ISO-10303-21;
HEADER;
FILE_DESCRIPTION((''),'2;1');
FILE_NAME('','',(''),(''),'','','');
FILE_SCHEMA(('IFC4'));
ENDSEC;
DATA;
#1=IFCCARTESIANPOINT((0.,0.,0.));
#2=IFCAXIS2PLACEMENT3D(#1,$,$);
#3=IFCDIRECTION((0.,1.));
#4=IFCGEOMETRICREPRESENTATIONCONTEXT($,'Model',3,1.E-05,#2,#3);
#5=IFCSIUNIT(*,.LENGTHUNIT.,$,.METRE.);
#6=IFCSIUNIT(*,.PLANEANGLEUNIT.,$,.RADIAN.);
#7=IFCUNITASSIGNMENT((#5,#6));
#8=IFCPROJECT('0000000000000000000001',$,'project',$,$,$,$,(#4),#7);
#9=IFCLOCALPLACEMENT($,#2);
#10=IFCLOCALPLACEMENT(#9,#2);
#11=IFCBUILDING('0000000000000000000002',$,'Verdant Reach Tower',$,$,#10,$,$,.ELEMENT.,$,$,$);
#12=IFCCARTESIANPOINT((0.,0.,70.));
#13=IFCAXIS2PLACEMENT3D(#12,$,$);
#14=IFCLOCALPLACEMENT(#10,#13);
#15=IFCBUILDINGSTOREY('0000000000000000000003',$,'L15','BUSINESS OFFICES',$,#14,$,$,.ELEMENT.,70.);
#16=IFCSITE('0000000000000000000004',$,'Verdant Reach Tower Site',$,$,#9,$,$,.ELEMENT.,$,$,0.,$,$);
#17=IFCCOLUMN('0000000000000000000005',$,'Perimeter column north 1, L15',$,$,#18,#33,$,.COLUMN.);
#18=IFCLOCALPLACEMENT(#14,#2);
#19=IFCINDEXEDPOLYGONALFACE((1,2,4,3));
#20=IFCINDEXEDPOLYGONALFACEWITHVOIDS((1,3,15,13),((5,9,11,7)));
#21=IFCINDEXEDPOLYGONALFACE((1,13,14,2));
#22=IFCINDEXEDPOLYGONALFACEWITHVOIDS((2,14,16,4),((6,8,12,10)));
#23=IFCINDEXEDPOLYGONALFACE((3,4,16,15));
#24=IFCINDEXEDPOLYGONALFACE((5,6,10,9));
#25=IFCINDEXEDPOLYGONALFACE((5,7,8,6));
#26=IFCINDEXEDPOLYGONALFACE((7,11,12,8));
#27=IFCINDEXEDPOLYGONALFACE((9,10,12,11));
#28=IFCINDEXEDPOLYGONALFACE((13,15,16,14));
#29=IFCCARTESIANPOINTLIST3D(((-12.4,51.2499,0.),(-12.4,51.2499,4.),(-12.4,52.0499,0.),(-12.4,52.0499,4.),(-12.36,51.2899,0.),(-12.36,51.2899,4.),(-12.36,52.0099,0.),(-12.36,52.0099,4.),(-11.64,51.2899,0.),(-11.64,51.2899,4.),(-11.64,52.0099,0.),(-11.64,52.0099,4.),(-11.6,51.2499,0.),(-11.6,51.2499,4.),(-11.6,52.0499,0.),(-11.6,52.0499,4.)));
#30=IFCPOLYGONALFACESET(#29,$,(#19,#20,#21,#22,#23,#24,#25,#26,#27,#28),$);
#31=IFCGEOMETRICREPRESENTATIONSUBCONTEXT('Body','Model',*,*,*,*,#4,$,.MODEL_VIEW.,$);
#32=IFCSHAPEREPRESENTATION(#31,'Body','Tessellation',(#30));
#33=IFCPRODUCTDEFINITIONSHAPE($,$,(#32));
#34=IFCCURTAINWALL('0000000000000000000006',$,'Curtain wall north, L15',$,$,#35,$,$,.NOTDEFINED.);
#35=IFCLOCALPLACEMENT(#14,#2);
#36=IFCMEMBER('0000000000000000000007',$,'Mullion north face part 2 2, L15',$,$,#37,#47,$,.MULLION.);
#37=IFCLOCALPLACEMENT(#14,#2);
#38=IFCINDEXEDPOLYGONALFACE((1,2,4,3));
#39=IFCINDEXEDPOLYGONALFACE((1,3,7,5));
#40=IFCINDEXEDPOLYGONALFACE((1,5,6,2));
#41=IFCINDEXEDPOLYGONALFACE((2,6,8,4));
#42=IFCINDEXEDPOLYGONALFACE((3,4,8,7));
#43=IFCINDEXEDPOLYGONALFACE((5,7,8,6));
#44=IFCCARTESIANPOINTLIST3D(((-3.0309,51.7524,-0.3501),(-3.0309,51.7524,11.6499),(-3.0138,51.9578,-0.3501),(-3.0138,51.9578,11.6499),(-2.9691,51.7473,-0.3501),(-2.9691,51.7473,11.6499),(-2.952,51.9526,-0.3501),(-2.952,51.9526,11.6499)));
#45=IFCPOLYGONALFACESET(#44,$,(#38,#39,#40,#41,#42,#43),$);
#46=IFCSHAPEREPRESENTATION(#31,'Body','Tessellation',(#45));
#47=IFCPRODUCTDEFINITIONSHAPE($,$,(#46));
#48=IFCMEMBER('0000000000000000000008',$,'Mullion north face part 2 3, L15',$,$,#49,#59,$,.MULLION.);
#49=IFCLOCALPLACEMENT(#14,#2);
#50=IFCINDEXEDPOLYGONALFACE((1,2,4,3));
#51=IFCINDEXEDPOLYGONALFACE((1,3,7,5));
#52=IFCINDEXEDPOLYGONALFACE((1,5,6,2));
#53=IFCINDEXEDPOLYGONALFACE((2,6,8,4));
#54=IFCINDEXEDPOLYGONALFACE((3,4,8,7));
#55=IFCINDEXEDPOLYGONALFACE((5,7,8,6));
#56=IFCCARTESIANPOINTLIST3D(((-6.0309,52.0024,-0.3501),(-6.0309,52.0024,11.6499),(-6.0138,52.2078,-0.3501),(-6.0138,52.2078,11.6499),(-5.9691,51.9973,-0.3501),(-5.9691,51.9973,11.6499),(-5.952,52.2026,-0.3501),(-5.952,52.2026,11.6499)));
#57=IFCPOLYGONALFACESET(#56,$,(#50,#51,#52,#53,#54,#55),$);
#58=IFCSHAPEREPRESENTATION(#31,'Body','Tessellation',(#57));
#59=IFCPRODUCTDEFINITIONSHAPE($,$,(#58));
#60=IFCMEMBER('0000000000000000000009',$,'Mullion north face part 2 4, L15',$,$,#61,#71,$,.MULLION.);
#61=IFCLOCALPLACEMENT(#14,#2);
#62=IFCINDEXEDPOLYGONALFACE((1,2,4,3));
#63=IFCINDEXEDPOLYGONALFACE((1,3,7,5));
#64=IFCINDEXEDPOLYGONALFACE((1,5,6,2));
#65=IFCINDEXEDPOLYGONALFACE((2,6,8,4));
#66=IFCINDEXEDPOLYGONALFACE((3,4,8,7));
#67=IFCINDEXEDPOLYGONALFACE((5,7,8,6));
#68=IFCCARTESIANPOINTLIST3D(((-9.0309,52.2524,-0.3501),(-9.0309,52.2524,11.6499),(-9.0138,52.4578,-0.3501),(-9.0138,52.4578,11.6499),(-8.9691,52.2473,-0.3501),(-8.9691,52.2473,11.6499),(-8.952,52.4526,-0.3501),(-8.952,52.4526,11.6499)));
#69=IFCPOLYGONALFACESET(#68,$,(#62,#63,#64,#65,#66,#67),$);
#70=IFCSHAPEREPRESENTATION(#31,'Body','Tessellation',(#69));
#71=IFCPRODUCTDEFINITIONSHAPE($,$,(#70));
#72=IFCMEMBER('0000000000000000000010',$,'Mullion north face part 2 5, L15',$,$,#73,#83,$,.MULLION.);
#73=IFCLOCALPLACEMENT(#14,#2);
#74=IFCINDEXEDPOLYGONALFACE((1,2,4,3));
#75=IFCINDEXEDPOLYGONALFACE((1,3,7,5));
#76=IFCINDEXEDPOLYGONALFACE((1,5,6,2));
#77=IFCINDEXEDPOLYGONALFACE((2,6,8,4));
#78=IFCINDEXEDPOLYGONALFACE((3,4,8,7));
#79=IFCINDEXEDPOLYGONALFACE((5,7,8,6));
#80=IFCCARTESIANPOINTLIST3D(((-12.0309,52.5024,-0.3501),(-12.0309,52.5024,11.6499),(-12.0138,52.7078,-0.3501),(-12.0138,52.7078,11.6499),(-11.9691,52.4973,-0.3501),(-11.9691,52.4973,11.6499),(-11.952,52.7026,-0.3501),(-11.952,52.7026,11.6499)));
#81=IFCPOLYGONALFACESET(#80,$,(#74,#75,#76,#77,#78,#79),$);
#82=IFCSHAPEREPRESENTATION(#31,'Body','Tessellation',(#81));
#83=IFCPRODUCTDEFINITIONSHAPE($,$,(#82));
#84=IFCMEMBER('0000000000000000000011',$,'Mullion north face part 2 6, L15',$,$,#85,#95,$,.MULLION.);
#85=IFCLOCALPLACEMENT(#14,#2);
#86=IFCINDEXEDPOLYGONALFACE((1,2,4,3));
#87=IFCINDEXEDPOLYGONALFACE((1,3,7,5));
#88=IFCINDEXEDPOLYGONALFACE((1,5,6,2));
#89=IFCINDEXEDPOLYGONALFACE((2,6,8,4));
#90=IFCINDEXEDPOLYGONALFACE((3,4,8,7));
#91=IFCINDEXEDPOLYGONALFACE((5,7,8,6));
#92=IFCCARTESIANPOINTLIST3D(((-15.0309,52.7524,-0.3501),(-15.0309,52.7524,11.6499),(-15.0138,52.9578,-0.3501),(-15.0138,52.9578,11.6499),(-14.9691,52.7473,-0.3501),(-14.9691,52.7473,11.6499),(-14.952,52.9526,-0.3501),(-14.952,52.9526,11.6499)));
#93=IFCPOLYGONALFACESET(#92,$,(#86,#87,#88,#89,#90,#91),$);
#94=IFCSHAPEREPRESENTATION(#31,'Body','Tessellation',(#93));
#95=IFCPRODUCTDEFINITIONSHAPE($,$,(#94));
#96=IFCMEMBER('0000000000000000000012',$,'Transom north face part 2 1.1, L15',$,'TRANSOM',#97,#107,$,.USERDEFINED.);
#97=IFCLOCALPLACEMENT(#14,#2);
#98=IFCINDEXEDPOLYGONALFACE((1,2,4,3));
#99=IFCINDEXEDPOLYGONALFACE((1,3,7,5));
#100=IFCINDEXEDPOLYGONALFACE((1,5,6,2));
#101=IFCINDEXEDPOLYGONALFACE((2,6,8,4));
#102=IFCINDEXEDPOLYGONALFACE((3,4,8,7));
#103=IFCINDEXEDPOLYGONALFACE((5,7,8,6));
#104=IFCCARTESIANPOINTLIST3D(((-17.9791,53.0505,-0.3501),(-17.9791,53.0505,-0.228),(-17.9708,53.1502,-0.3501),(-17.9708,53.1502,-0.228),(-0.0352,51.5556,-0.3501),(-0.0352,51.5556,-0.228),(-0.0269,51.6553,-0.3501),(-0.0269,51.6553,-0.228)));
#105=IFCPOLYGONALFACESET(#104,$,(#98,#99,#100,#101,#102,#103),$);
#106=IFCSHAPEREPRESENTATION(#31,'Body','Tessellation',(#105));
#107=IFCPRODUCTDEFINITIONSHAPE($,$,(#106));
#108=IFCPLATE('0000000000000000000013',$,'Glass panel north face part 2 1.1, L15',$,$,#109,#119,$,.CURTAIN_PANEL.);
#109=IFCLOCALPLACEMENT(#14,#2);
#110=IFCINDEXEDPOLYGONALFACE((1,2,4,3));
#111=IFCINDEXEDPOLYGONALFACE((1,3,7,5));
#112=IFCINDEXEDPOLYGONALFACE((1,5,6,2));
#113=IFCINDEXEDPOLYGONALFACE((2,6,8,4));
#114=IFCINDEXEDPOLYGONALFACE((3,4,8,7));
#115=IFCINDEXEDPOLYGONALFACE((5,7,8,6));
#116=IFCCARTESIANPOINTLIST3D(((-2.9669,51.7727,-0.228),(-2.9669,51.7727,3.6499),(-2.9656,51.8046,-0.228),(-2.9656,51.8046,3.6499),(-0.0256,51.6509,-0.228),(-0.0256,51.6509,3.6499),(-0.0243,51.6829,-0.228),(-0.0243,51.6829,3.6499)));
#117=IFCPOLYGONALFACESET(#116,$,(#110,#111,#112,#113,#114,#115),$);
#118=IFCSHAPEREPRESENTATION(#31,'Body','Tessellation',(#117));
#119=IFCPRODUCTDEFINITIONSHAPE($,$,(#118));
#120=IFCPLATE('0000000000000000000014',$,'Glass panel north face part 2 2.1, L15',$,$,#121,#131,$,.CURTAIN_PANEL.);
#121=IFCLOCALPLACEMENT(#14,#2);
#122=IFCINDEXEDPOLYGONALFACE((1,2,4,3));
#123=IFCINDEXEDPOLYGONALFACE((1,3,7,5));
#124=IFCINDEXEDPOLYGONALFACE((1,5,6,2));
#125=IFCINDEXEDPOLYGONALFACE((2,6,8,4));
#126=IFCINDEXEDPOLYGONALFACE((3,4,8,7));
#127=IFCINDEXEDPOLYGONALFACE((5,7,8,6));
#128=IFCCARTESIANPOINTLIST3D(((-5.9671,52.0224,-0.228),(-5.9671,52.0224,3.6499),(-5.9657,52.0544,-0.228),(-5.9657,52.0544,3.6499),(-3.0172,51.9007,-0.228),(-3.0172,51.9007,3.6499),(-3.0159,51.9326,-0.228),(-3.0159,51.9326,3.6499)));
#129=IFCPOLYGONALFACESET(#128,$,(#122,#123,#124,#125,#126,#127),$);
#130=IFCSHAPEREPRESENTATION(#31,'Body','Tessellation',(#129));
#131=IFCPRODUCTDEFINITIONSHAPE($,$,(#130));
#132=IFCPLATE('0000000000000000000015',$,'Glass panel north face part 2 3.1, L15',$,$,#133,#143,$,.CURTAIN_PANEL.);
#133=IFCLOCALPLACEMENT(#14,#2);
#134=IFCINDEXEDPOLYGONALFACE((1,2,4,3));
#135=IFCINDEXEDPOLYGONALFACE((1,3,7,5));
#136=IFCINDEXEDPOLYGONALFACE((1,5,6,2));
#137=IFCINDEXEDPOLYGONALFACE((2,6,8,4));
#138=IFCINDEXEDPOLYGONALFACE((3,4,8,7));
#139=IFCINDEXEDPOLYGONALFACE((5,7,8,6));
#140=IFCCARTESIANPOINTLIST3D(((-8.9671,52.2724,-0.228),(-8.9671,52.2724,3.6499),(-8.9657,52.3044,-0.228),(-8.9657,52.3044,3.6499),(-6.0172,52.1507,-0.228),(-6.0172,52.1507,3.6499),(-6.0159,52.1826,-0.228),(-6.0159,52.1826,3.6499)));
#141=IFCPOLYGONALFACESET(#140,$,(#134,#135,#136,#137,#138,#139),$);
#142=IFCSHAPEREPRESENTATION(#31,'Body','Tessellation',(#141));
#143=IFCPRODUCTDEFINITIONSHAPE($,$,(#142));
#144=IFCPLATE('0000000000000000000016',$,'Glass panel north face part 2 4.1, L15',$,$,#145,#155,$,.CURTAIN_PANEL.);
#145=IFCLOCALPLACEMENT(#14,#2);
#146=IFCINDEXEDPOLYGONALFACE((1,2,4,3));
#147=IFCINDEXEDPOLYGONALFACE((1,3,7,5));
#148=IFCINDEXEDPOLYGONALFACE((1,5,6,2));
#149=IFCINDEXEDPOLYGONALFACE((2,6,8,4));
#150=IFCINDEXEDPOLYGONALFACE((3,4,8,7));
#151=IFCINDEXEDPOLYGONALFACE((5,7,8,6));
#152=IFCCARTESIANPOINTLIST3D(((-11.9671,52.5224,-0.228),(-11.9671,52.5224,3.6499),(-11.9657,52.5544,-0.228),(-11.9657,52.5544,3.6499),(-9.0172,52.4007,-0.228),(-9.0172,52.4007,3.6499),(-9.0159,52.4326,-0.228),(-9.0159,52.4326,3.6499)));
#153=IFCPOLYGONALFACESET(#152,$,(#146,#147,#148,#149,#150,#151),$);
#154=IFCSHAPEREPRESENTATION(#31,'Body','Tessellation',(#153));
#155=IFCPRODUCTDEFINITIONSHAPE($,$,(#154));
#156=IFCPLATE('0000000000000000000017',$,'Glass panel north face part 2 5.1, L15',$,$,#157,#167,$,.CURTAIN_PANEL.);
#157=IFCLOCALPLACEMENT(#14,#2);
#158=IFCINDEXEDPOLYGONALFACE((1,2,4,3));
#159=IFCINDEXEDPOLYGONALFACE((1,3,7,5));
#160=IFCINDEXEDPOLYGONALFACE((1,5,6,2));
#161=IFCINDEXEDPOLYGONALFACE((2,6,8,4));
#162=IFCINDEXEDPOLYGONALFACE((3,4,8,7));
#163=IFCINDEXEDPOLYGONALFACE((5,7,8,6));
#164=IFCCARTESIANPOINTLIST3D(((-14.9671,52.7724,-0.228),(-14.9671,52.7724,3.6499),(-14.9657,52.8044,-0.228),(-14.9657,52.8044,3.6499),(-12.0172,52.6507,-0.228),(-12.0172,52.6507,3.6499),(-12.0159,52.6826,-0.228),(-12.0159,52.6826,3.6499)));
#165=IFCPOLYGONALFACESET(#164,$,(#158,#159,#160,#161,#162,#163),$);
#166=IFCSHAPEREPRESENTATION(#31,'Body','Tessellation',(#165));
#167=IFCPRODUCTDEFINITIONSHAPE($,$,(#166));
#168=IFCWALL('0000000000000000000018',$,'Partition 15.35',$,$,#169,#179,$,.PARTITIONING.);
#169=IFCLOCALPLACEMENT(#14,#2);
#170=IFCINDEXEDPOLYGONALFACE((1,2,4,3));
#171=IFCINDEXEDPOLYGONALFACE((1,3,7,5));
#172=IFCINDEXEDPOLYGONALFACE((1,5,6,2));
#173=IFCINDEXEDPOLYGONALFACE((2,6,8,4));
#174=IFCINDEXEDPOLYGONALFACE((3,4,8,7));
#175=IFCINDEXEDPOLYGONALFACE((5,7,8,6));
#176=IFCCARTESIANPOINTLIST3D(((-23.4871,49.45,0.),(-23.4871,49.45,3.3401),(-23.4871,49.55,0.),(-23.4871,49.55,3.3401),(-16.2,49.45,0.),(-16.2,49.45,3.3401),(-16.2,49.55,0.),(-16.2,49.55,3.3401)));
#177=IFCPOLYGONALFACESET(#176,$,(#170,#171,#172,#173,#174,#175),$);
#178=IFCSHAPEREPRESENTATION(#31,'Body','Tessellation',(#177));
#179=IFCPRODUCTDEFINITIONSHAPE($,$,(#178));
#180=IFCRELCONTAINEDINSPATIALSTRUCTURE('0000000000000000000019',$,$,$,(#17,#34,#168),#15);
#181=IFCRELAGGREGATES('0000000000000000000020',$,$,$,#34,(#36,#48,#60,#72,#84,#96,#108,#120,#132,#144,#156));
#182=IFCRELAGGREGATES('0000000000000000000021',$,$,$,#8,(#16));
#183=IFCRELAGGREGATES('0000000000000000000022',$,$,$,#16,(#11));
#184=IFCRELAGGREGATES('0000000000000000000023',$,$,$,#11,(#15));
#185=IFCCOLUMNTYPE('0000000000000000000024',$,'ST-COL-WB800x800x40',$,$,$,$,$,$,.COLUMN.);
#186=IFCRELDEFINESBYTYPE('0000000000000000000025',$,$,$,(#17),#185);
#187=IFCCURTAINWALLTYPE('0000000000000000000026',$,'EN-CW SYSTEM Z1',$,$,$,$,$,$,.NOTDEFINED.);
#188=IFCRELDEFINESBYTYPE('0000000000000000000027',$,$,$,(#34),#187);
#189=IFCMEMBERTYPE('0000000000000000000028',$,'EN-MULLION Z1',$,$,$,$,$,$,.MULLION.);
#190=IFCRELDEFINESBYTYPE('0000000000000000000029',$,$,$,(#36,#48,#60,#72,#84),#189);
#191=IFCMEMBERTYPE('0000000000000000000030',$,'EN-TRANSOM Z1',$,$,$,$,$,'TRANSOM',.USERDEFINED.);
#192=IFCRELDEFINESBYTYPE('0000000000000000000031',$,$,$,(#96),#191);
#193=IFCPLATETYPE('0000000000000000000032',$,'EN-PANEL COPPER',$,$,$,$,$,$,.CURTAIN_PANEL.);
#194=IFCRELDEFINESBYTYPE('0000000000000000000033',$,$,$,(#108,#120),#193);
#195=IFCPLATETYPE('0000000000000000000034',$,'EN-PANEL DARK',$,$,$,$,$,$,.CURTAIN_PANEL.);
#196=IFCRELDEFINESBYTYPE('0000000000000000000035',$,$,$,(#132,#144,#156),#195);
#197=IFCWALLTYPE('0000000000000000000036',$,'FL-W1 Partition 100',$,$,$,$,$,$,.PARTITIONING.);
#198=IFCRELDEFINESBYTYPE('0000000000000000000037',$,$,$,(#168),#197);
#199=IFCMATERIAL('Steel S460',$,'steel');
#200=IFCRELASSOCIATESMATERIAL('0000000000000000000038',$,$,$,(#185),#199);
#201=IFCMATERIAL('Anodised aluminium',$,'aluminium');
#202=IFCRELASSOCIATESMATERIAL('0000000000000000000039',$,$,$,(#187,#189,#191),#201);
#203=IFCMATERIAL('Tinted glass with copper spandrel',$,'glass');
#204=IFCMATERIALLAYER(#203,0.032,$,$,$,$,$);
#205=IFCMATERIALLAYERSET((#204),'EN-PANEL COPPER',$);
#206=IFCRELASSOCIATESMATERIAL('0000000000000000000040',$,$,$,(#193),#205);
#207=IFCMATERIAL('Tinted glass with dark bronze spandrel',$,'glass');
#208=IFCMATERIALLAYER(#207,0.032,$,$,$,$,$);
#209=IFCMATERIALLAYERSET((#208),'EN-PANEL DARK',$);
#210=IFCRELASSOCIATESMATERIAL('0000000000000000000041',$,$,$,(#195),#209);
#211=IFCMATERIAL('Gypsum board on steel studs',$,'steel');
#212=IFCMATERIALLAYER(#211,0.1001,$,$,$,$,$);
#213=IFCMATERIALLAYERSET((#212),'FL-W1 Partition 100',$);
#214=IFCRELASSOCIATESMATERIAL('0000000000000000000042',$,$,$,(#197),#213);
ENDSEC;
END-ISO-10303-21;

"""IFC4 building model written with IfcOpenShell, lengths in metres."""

from ifc_helpers import new_model, si_unit, direction, frame, frame_2d, origin, origin_2d, place, context, subcontext, project, spatial, rectangle, hollow_rectangle, extrude, material, layer, layer_set, material_profile, profile_set, type_object, element, aggregate, save


model = new_model("IFC4")

# Units and contexts
model_context = context("Model", 3, precision=1e-05, world=origin(), true_north=direction((0.0, 1.0)))
body_context = subcontext(model_context, "Body", "Model", "MODEL_VIEW")
ifc_project = project(units=[si_unit("LENGTHUNIT", "METRE"), si_unit("PLANEANGLEUNIT", "RADIAN")], contexts=[model_context])

# Site, building, storey
site_placement = place(None, origin())
site = spatial("IfcSite", under=ifc_project, at=site_placement, Name="Verdant Reach Tower Site", CompositionType="ELEMENT", RefElevation=0.0)
building_placement = place(site_placement, origin())
building = spatial("IfcBuilding", under=site, at=building_placement, Name="Verdant Reach Tower", CompositionType="ELEMENT")
storey_placement = place(building_placement, frame((0.0, 0.0, 70.0)))
storey = spatial("IfcBuildingStorey", under=building, at=storey_placement, Name="L15", Description="BUSINESS OFFICES", CompositionType="ELEMENT", Elevation=70.0)

# Column
ifc_material_1 = material(Name="Steel S460", Category="steel")
ifc_material_profile_1 = material_profile(ifc_material_1, hollow_rectangle(XDim=0.8, YDim=0.8, WallThickness=0.04, at=origin_2d()), Name="WB 800x800x40")
ifc_profile_set_1 = profile_set([ifc_material_profile_1], Name="Steel S460")
column_type = type_object("IfcColumnType", Name="ST-COL-WB800x800x40", PredefinedType="COLUMN", material=ifc_profile_set_1)
column_placement = place(storey_placement, frame((-12.0, 51.6499, 0.0), z_axis=(0.0, 0.0, 1.0), x_axis=(1.0, 0.0, 0.0)))
element("IfcColumn", 1, at=column_placement, inside=storey, type_object=column_type, Name="Perimeter column north 1, L15", PredefinedType="COLUMN", context=body_context, shape_type="SweptSolid", body=[
    extrude(hollow_rectangle(XDim=0.8, YDim=0.8, WallThickness=0.04, at=origin_2d()), origin(), (0.0, 0.0, 1.0), 4.0),
])

# Curtain wall, members, plates
ifc_material_2 = material(Name="Anodised aluminium", Category="aluminium")
curtain_wall_type = type_object("IfcCurtainWallType", Name="EN-CW SYSTEM Z1", PredefinedType="NOTDEFINED", material=ifc_material_2)
curtain_wall_placement = place(storey_placement, origin())
curtain_wall = element("IfcCurtainWall", 2, at=curtain_wall_placement, inside=storey, type_object=curtain_wall_type, Name="Curtain wall north, L15", PredefinedType="NOTDEFINED")
ifc_material_profile_2 = material_profile(ifc_material_2, rectangle(XDim=0.2061, YDim=0.062, at=origin_2d()), Name="Mullion 62x206")
ifc_profile_set_2 = profile_set([ifc_material_profile_2], Name="Anodised aluminium")
member_type_1 = type_object("IfcMemberType", Name="EN-MULLION Z1", PredefinedType="MULLION", material=ifc_profile_set_2)
member_1_placement = place(storey_placement, frame((-2.9915, 51.8525, -0.3501), z_axis=(0.0, 0.0, 1.0), x_axis=(0.083045, 0.996546, 0.0)))
member_1 = element("IfcMember", 3, at=member_1_placement, type_object=member_type_1, Name="Mullion north face part 2 2, L15", PredefinedType="MULLION", context=body_context, shape_type="SweptSolid", body=[
    extrude(rectangle(XDim=0.2061, YDim=0.062, at=origin_2d()), origin(), (0.0, 0.0, 1.0), 12.0),
])
member_2_placement = place(storey_placement, frame((-5.9915, 52.1025, -0.3501), z_axis=(0.0, 0.0, 1.0), x_axis=(0.083045, 0.996546, 0.0)))
member_2 = element("IfcMember", 4, at=member_2_placement, type_object=member_type_1, Name="Mullion north face part 2 3, L15", PredefinedType="MULLION", context=body_context, shape_type="SweptSolid", body=[
    extrude(rectangle(XDim=0.2061, YDim=0.062, at=origin_2d()), origin(), (0.0, 0.0, 1.0), 12.0),
])
member_3_placement = place(storey_placement, frame((-8.9915, 52.3525, -0.3501), z_axis=(0.0, 0.0, 1.0), x_axis=(0.083045, 0.996546, 0.0)))
member_3 = element("IfcMember", 5, at=member_3_placement, type_object=member_type_1, Name="Mullion north face part 2 4, L15", PredefinedType="MULLION", context=body_context, shape_type="SweptSolid", body=[
    extrude(rectangle(XDim=0.2061, YDim=0.062, at=origin_2d()), origin(), (0.0, 0.0, 1.0), 12.0),
])
member_4_placement = place(storey_placement, frame((-11.9915, 52.6025, -0.3501), z_axis=(0.0, 0.0, 1.0), x_axis=(0.083045, 0.996546, 0.0)))
member_4 = element("IfcMember", 6, at=member_4_placement, type_object=member_type_1, Name="Mullion north face part 2 5, L15", PredefinedType="MULLION", context=body_context, shape_type="SweptSolid", body=[
    extrude(rectangle(XDim=0.2061, YDim=0.062, at=origin_2d()), origin(), (0.0, 0.0, 1.0), 12.0),
])
member_5_placement = place(storey_placement, frame((-14.9915, 52.8525, -0.3501), z_axis=(0.0, 0.0, 1.0), x_axis=(0.083045, 0.996546, 0.0)))
member_5 = element("IfcMember", 7, at=member_5_placement, type_object=member_type_1, Name="Mullion north face part 2 6, L15", PredefinedType="MULLION", context=body_context, shape_type="SweptSolid", body=[
    extrude(rectangle(XDim=0.2061, YDim=0.062, at=origin_2d()), origin(), (0.0, 0.0, 1.0), 12.0),
])
ifc_material_profile_3 = material_profile(ifc_material_2, rectangle(XDim=0.1001, YDim=0.1221, at=origin_2d()), Name="Transom 122x100")
ifc_profile_set_3 = profile_set([ifc_material_profile_3], Name="Anodised aluminium")
member_type_2 = type_object("IfcMemberType", Name="EN-TRANSOM Z1", ElementType="TRANSOM", PredefinedType="USERDEFINED", material=ifc_profile_set_3)
member_6_placement = place(storey_placement, frame((-0.031, 51.6055, -0.2891), z_axis=(-0.996548, 0.083021, 0.0), x_axis=(-0.083021, -0.996548, 0.0)))
member_6 = element("IfcMember", 8, at=member_6_placement, type_object=member_type_2, Name="Transom north face part 2 1.1, L15", ObjectType="TRANSOM", PredefinedType="USERDEFINED", context=body_context, shape_type="SweptSolid", body=[
    extrude(rectangle(XDim=0.1001, YDim=0.1221, at=origin_2d()), origin(), (0.0, 0.0, 1.0), 18.0061),
])
ifc_material_3 = material(Name="Tinted glass with copper spandrel", Category="glass")
ifc_layer_1 = layer(ifc_material_3, 0.032)
ifc_layer_set_1 = layer_set([ifc_layer_1], Name="EN-PANEL COPPER")
plate_type_1 = type_object("IfcPlateType", Name="EN-PANEL COPPER", PredefinedType="CURTAIN_PANEL", material=ifc_layer_set_1)
plate_1_placement = place(storey_placement, frame((-1.4956, 51.7278, -0.228), z_axis=(0.0, 0.0, 1.0), x_axis=(-0.999144, 0.04136, 0.0)))
plate_1 = element("IfcPlate", 9, at=plate_1_placement, type_object=plate_type_1, Name="Glass panel north face part 2 1.1, L15", PredefinedType="CURTAIN_PANEL", context=body_context, shape_type="SweptSolid", body=[
    extrude(rectangle(XDim=2.9438, YDim=0.032, at=origin_2d()), origin(), (0.0, 0.0, 1.0), 3.8779),
])
plate_2_placement = place(storey_placement, frame((-4.4915, 51.9775, -0.228), z_axis=(0.0, 0.0, 1.0), x_axis=(-0.999149, 0.041242, 0.0)))
plate_2 = element("IfcPlate", 10, at=plate_2_placement, type_object=plate_type_1, Name="Glass panel north face part 2 2.1, L15", PredefinedType="CURTAIN_PANEL", context=body_context, shape_type="SweptSolid", body=[
    extrude(rectangle(XDim=2.9524, YDim=0.032, at=origin_2d()), origin(), (0.0, 0.0, 1.0), 3.8779),
])
ifc_material_4 = material(Name="Tinted glass with dark bronze spandrel", Category="glass")
ifc_layer_2 = layer(ifc_material_4, 0.032)
ifc_layer_set_2 = layer_set([ifc_layer_2], Name="EN-PANEL DARK")
plate_type_2 = type_object("IfcPlateType", Name="EN-PANEL DARK", PredefinedType="CURTAIN_PANEL", material=ifc_layer_set_2)
plate_3_placement = place(storey_placement, frame((-7.4915, 52.2275, -0.228), z_axis=(0.0, 0.0, 1.0), x_axis=(-0.999149, 0.041242, 0.0)))
plate_3 = element("IfcPlate", 11, at=plate_3_placement, type_object=plate_type_2, Name="Glass panel north face part 2 3.1, L15", PredefinedType="CURTAIN_PANEL", context=body_context, shape_type="SweptSolid", body=[
    extrude(rectangle(XDim=2.9524, YDim=0.032, at=origin_2d()), origin(), (0.0, 0.0, 1.0), 3.8779),
])
plate_4_placement = place(storey_placement, frame((-10.4915, 52.4775, -0.228), z_axis=(0.0, 0.0, 1.0), x_axis=(-0.999149, 0.041242, 0.0)))
plate_4 = element("IfcPlate", 12, at=plate_4_placement, type_object=plate_type_2, Name="Glass panel north face part 2 4.1, L15", PredefinedType="CURTAIN_PANEL", context=body_context, shape_type="SweptSolid", body=[
    extrude(rectangle(XDim=2.9524, YDim=0.032, at=origin_2d()), origin(), (0.0, 0.0, 1.0), 3.8779),
])
plate_5_placement = place(storey_placement, frame((-13.4915, 52.7275, -0.228), z_axis=(0.0, 0.0, 1.0), x_axis=(-0.999149, 0.041242, 0.0)))
plate_5 = element("IfcPlate", 13, at=plate_5_placement, type_object=plate_type_2, Name="Glass panel north face part 2 5.1, L15", PredefinedType="CURTAIN_PANEL", context=body_context, shape_type="SweptSolid", body=[
    extrude(rectangle(XDim=2.9524, YDim=0.032, at=origin_2d()), origin(), (0.0, 0.0, 1.0), 3.8779),
])
aggregate(curtain_wall, [member_1, member_2, member_3, member_4, member_5, member_6, plate_1, plate_2, plate_3, plate_4, plate_5])

# Wall
ifc_material_5 = material(Name="Gypsum board on steel studs", Category="steel")
ifc_layer_3 = layer(ifc_material_5, 0.1001)
ifc_layer_set_3 = layer_set([ifc_layer_3], Name="FL-W1 Partition 100")
wall_type_1 = type_object("IfcWallType", Name="FL-W1 Partition 100", PredefinedType="PARTITIONING", material=ifc_layer_set_3)
wall_1_placement = place(storey_placement, frame((-16.2, 49.5, 0.0), z_axis=(0.0, 0.0, 1.0), x_axis=(-1.0, 0.0, 0.0)))
element("IfcWall", 14, at=wall_1_placement, inside=storey, type_object=wall_type_1, Name="Partition 15.35", PredefinedType="PARTITIONING", context=body_context, shape_type="SweptSolid", body=[
    extrude(rectangle(XDim=7.2871, YDim=0.1001, at=frame_2d((3.6436, 0.0))), origin(), (0.0, 0.0, 1.0), 3.3401),
])

save(model, "model.ifc")
